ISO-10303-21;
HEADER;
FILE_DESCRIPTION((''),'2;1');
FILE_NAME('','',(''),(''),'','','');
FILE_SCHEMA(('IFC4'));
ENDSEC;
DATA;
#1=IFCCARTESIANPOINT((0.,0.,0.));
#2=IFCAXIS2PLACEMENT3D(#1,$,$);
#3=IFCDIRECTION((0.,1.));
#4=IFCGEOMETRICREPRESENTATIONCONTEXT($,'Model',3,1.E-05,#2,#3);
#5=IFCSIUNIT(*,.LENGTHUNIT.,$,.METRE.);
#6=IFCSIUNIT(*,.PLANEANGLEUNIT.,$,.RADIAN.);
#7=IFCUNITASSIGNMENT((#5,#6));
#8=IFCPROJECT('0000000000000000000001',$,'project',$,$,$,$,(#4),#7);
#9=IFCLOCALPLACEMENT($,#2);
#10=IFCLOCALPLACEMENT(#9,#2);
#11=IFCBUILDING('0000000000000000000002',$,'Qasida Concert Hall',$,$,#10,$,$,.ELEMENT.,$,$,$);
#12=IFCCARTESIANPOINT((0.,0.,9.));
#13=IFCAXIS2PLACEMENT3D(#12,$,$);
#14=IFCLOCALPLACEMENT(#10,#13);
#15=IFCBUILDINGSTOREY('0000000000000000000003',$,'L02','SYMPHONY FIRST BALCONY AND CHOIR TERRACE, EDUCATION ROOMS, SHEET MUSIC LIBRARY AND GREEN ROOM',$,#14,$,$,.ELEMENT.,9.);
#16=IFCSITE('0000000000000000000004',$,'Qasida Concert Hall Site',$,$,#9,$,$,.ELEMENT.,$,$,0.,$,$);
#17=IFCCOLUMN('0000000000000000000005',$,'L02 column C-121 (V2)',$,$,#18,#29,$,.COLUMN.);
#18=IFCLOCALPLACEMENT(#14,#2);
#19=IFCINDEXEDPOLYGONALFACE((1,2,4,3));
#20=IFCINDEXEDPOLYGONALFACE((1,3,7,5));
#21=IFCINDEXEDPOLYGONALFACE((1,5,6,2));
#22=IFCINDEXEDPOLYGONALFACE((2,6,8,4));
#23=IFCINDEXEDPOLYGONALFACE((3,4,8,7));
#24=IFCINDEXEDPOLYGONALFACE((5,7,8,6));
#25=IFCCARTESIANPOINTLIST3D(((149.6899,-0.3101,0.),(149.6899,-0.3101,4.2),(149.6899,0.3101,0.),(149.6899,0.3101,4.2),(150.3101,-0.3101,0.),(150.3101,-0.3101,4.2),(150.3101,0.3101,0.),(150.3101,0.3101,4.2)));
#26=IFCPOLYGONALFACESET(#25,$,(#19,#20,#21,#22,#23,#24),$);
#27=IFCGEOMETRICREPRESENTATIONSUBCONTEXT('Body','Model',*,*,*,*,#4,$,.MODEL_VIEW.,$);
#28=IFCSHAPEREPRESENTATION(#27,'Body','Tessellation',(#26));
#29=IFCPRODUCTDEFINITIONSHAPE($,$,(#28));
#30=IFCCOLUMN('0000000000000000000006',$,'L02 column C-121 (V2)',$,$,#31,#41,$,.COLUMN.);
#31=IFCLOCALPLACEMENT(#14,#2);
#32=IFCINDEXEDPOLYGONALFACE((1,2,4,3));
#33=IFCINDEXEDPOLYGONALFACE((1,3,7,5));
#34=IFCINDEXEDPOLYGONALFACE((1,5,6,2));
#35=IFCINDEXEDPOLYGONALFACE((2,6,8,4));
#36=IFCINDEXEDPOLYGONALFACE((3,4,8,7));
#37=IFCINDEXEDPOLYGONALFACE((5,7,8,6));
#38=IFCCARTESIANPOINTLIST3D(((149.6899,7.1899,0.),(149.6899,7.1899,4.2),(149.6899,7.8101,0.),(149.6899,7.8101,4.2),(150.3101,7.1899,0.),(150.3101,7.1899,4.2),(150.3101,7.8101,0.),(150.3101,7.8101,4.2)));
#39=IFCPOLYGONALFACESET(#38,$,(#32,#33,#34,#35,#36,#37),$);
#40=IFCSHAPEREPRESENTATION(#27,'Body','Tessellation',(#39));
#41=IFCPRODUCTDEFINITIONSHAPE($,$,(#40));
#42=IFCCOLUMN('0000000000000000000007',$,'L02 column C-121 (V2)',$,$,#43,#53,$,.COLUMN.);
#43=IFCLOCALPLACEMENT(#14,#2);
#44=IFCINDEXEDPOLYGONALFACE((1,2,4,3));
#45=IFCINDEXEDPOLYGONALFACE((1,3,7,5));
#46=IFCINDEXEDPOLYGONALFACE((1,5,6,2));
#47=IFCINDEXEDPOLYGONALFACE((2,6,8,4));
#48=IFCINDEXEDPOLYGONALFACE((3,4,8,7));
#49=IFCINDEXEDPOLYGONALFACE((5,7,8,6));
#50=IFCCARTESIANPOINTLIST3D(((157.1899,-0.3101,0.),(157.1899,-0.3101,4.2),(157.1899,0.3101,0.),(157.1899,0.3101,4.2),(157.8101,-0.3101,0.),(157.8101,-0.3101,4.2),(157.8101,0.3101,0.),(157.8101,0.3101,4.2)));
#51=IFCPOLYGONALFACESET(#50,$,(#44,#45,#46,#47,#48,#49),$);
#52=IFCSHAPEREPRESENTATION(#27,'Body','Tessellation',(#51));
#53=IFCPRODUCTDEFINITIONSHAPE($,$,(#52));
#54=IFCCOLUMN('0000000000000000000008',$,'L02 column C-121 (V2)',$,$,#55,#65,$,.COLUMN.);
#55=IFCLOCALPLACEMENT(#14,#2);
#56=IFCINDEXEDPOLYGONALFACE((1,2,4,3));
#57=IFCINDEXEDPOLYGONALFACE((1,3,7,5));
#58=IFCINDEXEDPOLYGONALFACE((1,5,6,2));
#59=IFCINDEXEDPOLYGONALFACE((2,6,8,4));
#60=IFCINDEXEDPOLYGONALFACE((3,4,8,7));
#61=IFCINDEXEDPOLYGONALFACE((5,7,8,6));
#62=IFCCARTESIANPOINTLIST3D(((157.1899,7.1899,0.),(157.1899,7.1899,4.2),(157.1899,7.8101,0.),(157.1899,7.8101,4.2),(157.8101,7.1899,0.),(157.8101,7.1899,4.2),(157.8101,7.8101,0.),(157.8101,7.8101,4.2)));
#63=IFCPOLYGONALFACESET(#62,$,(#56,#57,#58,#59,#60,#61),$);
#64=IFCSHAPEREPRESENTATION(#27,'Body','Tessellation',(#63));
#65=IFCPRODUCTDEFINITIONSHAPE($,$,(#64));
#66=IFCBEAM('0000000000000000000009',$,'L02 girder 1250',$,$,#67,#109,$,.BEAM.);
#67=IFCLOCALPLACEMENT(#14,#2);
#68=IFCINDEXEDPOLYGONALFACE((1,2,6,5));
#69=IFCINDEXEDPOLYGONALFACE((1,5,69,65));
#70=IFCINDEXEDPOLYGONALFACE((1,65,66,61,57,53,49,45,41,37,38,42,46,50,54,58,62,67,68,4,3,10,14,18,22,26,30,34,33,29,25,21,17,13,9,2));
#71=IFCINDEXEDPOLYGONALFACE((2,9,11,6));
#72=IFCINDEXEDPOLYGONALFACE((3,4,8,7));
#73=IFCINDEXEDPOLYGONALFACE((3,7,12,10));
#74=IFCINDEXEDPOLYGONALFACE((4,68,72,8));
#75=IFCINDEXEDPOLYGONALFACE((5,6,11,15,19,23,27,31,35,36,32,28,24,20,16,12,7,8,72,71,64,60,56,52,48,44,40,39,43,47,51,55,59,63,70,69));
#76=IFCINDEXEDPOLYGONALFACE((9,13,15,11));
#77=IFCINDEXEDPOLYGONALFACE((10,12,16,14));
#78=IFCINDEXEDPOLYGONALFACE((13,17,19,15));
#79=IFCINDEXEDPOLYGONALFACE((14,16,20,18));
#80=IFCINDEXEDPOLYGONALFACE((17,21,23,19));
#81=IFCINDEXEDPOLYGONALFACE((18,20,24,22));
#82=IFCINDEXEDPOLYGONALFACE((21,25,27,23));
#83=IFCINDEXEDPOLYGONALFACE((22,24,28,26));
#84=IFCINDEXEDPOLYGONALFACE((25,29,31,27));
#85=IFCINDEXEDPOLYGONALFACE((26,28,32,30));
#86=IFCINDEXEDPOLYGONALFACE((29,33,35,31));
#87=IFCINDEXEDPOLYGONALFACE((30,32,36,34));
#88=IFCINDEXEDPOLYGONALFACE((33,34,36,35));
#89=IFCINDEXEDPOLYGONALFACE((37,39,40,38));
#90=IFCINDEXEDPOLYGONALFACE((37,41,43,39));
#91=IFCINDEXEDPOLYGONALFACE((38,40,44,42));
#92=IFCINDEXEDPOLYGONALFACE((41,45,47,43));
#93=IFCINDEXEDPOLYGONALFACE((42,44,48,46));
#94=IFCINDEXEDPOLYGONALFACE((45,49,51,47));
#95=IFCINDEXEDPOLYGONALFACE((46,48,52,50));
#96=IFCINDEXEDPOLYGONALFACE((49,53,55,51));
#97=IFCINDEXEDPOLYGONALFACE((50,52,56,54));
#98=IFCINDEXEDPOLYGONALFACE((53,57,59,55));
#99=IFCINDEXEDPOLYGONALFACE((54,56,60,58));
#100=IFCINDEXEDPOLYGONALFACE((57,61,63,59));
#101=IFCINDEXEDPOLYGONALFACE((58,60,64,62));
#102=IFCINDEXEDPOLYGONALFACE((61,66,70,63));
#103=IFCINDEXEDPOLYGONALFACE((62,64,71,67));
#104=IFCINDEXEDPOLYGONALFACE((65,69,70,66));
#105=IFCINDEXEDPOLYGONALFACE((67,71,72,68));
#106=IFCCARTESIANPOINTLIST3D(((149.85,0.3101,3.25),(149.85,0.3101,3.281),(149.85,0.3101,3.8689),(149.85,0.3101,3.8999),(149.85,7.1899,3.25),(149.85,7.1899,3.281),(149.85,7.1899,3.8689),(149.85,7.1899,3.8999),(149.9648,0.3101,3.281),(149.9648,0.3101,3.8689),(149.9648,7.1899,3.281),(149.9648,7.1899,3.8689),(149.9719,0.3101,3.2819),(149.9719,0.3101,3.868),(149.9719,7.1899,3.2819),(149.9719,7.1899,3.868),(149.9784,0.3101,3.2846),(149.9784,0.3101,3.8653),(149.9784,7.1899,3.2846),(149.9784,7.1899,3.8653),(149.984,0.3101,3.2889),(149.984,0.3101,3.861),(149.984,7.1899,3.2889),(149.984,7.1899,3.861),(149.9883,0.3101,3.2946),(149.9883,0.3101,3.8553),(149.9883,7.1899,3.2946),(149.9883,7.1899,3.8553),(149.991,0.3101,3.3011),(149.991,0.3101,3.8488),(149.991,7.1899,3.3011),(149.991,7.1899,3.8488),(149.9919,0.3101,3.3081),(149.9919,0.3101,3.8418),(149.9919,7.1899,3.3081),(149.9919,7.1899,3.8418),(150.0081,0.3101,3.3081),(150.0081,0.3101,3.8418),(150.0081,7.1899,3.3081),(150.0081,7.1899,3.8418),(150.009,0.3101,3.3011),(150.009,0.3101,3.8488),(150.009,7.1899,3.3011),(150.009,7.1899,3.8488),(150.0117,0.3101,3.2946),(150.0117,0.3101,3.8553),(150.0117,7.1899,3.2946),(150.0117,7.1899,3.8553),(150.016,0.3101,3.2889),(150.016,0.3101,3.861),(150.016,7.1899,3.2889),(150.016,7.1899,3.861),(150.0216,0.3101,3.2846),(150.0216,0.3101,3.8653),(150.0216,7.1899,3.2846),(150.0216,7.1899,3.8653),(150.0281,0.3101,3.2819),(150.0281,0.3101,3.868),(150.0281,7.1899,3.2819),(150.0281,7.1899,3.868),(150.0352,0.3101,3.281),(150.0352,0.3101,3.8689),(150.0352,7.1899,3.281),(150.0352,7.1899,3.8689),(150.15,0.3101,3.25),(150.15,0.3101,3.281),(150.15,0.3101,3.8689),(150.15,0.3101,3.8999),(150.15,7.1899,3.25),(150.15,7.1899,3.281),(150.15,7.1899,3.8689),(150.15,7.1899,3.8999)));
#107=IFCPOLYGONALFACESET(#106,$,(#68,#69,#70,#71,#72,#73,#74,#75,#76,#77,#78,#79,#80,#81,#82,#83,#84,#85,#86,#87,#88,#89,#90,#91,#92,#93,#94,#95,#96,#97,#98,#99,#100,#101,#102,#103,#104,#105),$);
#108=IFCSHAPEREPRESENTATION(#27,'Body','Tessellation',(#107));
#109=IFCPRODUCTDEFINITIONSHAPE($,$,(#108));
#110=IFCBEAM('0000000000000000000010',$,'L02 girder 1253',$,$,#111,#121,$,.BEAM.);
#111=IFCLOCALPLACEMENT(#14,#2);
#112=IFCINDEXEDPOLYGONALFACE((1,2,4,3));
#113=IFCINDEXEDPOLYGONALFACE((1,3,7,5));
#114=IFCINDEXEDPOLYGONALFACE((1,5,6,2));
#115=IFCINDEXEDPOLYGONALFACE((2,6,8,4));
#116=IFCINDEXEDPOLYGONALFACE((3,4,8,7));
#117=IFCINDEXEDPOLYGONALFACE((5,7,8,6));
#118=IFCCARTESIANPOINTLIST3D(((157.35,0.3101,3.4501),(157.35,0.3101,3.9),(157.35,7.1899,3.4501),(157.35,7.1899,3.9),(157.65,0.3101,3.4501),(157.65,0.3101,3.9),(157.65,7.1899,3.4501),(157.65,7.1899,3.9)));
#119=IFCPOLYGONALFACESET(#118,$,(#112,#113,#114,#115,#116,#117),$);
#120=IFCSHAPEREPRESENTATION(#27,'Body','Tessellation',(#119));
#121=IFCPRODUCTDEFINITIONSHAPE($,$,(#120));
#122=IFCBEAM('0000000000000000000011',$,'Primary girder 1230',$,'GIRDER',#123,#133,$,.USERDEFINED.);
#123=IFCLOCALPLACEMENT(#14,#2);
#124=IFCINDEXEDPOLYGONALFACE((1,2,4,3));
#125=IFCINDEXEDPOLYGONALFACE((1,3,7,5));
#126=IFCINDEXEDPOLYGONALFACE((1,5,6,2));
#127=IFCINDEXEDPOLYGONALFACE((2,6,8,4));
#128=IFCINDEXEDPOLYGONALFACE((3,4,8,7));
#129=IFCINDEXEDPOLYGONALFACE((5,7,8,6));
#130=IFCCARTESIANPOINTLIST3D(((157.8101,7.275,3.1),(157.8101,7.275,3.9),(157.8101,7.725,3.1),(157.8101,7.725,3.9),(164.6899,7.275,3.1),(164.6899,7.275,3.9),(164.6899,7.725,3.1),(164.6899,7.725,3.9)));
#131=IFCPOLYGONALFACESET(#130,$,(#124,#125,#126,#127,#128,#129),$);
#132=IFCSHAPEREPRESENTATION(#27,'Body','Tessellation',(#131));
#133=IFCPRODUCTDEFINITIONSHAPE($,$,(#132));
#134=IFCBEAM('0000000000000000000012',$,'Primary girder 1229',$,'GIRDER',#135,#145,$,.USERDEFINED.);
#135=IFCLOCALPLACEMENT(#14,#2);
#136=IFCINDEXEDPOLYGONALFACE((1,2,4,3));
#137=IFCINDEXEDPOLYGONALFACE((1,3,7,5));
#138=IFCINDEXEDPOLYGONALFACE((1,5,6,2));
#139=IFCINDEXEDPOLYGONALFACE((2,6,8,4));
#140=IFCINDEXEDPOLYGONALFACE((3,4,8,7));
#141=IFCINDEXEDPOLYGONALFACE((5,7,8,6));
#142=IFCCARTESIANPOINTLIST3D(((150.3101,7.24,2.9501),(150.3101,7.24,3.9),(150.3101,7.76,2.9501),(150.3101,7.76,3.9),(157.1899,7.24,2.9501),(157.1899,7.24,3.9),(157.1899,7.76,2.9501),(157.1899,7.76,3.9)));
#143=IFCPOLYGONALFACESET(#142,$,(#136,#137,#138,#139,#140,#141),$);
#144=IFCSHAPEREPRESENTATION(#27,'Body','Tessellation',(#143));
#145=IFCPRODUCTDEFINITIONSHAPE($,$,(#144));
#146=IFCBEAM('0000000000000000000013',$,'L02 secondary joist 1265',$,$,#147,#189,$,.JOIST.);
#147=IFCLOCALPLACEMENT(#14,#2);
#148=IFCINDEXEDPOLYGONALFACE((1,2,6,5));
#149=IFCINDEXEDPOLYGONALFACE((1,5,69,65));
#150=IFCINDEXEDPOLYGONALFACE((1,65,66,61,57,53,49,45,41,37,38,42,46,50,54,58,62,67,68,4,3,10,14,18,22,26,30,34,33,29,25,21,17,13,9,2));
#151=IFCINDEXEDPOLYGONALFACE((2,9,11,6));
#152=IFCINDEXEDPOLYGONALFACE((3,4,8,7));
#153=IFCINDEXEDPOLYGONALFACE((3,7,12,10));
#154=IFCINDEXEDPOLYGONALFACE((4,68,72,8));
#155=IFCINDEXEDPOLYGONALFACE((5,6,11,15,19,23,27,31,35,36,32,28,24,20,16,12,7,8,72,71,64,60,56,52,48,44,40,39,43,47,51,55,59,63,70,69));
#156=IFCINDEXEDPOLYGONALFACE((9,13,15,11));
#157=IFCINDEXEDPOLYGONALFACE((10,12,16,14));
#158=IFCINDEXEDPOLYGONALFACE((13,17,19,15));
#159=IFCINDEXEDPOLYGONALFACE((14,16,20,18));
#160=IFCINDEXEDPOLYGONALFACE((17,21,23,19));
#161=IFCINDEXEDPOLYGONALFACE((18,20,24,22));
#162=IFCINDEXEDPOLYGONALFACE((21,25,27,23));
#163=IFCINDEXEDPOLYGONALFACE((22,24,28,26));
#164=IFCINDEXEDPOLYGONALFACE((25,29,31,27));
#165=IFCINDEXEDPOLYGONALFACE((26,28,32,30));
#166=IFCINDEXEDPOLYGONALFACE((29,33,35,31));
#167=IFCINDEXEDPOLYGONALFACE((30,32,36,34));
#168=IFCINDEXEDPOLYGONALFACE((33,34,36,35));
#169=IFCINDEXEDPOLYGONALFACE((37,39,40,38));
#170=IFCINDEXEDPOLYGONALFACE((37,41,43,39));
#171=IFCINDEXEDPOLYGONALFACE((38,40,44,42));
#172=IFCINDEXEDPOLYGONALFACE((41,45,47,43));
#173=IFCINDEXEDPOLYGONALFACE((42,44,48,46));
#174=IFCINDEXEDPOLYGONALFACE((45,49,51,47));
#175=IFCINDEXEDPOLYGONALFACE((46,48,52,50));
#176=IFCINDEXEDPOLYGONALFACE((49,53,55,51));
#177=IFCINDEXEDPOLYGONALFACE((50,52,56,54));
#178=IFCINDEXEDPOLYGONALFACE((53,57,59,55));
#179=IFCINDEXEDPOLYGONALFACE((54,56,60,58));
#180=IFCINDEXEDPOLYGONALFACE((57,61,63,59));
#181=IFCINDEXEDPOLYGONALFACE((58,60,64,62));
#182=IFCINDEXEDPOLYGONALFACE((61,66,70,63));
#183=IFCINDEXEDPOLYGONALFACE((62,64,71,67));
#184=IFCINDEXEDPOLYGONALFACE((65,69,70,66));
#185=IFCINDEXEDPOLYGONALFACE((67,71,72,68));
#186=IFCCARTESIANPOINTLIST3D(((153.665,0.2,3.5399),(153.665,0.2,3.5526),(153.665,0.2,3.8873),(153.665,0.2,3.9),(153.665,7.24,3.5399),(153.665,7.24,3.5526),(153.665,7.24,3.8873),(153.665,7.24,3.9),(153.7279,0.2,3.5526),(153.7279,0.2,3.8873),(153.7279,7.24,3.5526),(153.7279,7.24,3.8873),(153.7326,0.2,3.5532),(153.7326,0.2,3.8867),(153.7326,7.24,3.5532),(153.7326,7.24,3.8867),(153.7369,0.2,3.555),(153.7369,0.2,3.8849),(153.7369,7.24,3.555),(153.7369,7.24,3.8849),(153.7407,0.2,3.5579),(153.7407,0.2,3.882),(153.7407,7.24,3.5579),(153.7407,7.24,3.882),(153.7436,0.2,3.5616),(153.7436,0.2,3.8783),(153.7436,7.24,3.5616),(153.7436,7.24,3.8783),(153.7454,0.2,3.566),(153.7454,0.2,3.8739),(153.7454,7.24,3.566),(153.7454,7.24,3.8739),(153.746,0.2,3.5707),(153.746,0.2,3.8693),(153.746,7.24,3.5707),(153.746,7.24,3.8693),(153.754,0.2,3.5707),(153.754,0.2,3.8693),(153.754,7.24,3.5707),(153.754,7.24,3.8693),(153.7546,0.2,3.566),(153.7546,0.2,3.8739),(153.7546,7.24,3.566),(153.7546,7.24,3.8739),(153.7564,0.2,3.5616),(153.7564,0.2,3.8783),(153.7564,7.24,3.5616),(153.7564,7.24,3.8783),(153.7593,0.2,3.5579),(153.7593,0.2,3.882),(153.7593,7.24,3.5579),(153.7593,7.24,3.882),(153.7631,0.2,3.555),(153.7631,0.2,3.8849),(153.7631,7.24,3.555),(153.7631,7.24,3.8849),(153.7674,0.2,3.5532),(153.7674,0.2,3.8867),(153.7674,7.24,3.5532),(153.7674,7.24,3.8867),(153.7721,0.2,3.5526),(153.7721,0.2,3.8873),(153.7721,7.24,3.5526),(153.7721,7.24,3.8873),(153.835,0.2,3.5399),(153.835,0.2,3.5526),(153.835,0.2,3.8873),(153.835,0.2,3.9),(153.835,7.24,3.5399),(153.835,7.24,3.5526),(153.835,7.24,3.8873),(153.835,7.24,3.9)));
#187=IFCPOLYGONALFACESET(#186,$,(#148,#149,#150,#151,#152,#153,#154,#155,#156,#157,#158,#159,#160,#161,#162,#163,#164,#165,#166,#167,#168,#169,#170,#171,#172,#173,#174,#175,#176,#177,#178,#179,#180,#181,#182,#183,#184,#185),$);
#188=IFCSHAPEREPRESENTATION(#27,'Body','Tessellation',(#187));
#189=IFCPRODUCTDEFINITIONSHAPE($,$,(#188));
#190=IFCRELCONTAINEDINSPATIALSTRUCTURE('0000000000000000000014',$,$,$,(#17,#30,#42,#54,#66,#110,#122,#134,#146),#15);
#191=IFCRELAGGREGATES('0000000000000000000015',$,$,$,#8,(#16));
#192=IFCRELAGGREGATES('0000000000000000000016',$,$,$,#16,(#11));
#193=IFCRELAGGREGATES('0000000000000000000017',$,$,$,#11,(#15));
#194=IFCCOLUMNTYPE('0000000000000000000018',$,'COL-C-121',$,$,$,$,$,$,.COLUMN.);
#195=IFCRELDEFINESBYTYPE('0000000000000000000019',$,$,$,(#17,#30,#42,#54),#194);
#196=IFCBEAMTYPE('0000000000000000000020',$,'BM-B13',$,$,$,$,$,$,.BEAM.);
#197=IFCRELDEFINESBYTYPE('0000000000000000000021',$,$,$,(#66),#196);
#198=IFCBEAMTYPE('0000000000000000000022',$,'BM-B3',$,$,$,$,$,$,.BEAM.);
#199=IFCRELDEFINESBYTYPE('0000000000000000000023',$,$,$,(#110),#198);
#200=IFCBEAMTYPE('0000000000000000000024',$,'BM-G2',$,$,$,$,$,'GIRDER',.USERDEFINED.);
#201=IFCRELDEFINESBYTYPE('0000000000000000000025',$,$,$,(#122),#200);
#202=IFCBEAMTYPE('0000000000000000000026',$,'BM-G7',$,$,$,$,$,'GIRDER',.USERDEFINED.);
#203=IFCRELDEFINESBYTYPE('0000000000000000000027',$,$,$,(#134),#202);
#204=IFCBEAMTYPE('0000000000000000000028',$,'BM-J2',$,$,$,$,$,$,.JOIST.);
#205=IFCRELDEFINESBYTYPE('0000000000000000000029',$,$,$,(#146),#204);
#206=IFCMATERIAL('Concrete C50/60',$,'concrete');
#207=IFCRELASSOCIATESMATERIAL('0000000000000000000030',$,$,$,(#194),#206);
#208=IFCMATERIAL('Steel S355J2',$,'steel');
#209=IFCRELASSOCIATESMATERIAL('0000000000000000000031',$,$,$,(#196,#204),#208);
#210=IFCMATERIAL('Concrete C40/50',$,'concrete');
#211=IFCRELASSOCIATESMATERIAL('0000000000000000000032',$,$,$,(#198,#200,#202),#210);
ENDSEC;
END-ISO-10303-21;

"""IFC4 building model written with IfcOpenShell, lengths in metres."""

from ifc_helpers import new_model, si_unit, direction, frame, origin, origin_2d, place, context, subcontext, project, spatial, rectangle, i_section, extrude, material, material_profile, profile_set, type_object, element, save


model = new_model("IFC4")

# Units and contexts
model_context = context("Model", 3, precision=1e-05, world=origin(), true_north=direction((0.0, 1.0)))
body_context = subcontext(model_context, "Body", "Model", "MODEL_VIEW")
ifc_project = project(units=[si_unit("LENGTHUNIT", "METRE"), si_unit("PLANEANGLEUNIT", "RADIAN")], contexts=[model_context])

# Site, building, storey
site_placement = place(None, origin())
site = spatial("IfcSite", under=ifc_project, at=site_placement, Name="Qasida Concert Hall Site", CompositionType="ELEMENT", RefElevation=0.0)
building_placement = place(site_placement, origin())
building = spatial("IfcBuilding", under=site, at=building_placement, Name="Qasida Concert Hall", CompositionType="ELEMENT")
storey_placement = place(building_placement, frame((0.0, 0.0, 9.0)))
storey = spatial("IfcBuildingStorey", under=building, at=storey_placement, Name="L02", Description="SYMPHONY FIRST BALCONY AND CHOIR TERRACE, EDUCATION ROOMS, SHEET MUSIC LIBRARY AND GREEN ROOM", CompositionType="ELEMENT", Elevation=9.0)

# Columns
ifc_material_1 = material(Name="Concrete C50/60", Category="concrete")
ifc_material_profile_1 = material_profile(ifc_material_1, rectangle(XDim=0.6201, YDim=0.6201, at=origin_2d()), Name="RC 620x620")
ifc_profile_set_1 = profile_set([ifc_material_profile_1], Name="Concrete C50/60")
column_type = type_object("IfcColumnType", Name="COL-C-121", PredefinedType="COLUMN", material=ifc_profile_set_1)
for number, where, z_axis, x_axis, name in (
    (1, (150.0, 0.0, 0.0), (0.0, 0.0, 1.0), (1.0, 0.0, 0.0), "L02 column C-121 (V2)"),
    (2, (150.0, 7.5, 0.0), (0.0, 0.0, 1.0), (1.0, 0.0, 0.0), "L02 column C-121 (V2)"),
    (3, (157.5, 0.0, 0.0), (0.0, 0.0, 1.0), (1.0, 0.0, 0.0), "L02 column C-121 (V2)"),
    (4, (157.5, 7.5, 0.0), (0.0, 0.0, 1.0), (1.0, 0.0, 0.0), "L02 column C-121 (V2)"),
):
    element("IfcColumn", number, at=place(storey_placement, frame(where, z_axis=z_axis, x_axis=x_axis)), inside=storey, type_object=column_type, Name=name, PredefinedType="COLUMN", context=body_context, shape_type="SweptSolid", body=[
        extrude(rectangle(XDim=0.6201, YDim=0.6201, at=origin_2d()), origin(), (0.0, 0.0, 1.0), 4.2),
    ])

# Beams
ifc_material_2 = material(Name="Steel S355J2", Category="steel")
ifc_material_profile_2 = material_profile(ifc_material_2, i_section(OverallWidth=0.3, OverallDepth=0.6499, WebThickness=0.0161, FlangeThickness=0.031, FilletRadius=0.0271, at=origin_2d()), Name="HEB 650")
ifc_profile_set_2 = profile_set([ifc_material_profile_2], Name="Steel S355J2")
beam_type_1 = type_object("IfcBeamType", Name="BM-B13", PredefinedType="BEAM", material=ifc_profile_set_2)
beam_1_placement = place(storey_placement, frame((150.0, 0.3101, 3.575), z_axis=(0.0, 1.0, 0.0), x_axis=(-1.0, 0.0, 0.0)))
element("IfcBeam", 5, at=beam_1_placement, inside=storey, type_object=beam_type_1, Name="L02 girder 1250", PredefinedType="BEAM", context=body_context, shape_type="SweptSolid", body=[
    extrude(i_section(OverallWidth=0.3, OverallDepth=0.6499, WebThickness=0.0161, FlangeThickness=0.031, FilletRadius=0.0271, at=origin_2d()), origin(), (0.0, 0.0, 1.0), 6.8799),
])
ifc_material_3 = material(Name="Concrete C40/50", Category="concrete")
ifc_material_profile_3 = material_profile(ifc_material_3, rectangle(XDim=0.3, YDim=0.45, at=origin_2d()), Name="RC 300x450")
ifc_profile_set_3 = profile_set([ifc_material_profile_3], Name="Concrete C40/50")
beam_type_2 = type_object("IfcBeamType", Name="BM-B3", PredefinedType="BEAM", material=ifc_profile_set_3)
beam_2_placement = place(storey_placement, frame((157.5, 0.3101, 3.675), z_axis=(0.0, 1.0, 0.0), x_axis=(-1.0, 0.0, 0.0)))
element("IfcBeam", 6, at=beam_2_placement, inside=storey, type_object=beam_type_2, Name="L02 girder 1253", PredefinedType="BEAM", context=body_context, shape_type="SweptSolid", body=[
    extrude(rectangle(XDim=0.3, YDim=0.45, at=origin_2d()), origin(), (0.0, 0.0, 1.0), 6.8799),
])
ifc_material_profile_4 = material_profile(ifc_material_3, rectangle(XDim=0.45, YDim=0.8, at=origin_2d()), Name="RC 450x800")
ifc_profile_set_4 = profile_set([ifc_material_profile_4], Name="Concrete C40/50")
beam_type_3 = type_object("IfcBeamType", Name="BM-G2", ElementType="GIRDER", PredefinedType="USERDEFINED", material=ifc_profile_set_4)
beam_3_placement = place(storey_placement, frame((157.8101, 7.5, 3.5), z_axis=(1.0, 0.0, 0.0), x_axis=(0.0, 1.0, 0.0)))
element("IfcBeam", 7, at=beam_3_placement, inside=storey, type_object=beam_type_3, Name="Primary girder 1230", ObjectType="GIRDER", PredefinedType="USERDEFINED", context=body_context, shape_type="SweptSolid", body=[
    extrude(rectangle(XDim=0.45, YDim=0.8, at=origin_2d()), origin(), (0.0, 0.0, 1.0), 6.8799),
])
ifc_material_profile_5 = material_profile(ifc_material_3, rectangle(XDim=0.52, YDim=0.95, at=origin_2d()), Name="RC 520x950")
ifc_profile_set_5 = profile_set([ifc_material_profile_5], Name="Concrete C40/50")
beam_type_4 = type_object("IfcBeamType", Name="BM-G7", ElementType="GIRDER", PredefinedType="USERDEFINED", material=ifc_profile_set_5)
beam_4_placement = place(storey_placement, frame((150.3101, 7.5, 3.425), z_axis=(1.0, 0.0, 0.0), x_axis=(0.0, 1.0, 0.0)))
element("IfcBeam", 8, at=beam_4_placement, inside=storey, type_object=beam_type_4, Name="Primary girder 1229", ObjectType="GIRDER", PredefinedType="USERDEFINED", context=body_context, shape_type="SweptSolid", body=[
    extrude(rectangle(XDim=0.52, YDim=0.95, at=origin_2d()), origin(), (0.0, 0.0, 1.0), 6.8799),
])
ifc_material_profile_6 = material_profile(ifc_material_2, i_section(OverallWidth=0.1699, OverallDepth=0.3601, WebThickness=0.0081, FlangeThickness=0.0127, FilletRadius=0.0181, at=origin_2d()), Name="IPE 360")
ifc_profile_set_6 = profile_set([ifc_material_profile_6], Name="Steel S355J2")
beam_type_5 = type_object("IfcBeamType", Name="BM-J2", PredefinedType="JOIST", material=ifc_profile_set_6)
beam_5_placement = place(storey_placement, frame((153.75, 0.2, 3.72), z_axis=(0.0, 1.0, 0.0), x_axis=(-1.0, 0.0, 0.0)))
element("IfcBeam", 9, at=beam_5_placement, inside=storey, type_object=beam_type_5, Name="L02 secondary joist 1265", PredefinedType="JOIST", context=body_context, shape_type="SweptSolid", body=[
    extrude(i_section(OverallWidth=0.1699, OverallDepth=0.3601, WebThickness=0.0081, FlangeThickness=0.0127, FilletRadius=0.0181, at=origin_2d()), origin(), (0.0, 0.0, 1.0), 7.04),
])

save(model, "model.ifc")
